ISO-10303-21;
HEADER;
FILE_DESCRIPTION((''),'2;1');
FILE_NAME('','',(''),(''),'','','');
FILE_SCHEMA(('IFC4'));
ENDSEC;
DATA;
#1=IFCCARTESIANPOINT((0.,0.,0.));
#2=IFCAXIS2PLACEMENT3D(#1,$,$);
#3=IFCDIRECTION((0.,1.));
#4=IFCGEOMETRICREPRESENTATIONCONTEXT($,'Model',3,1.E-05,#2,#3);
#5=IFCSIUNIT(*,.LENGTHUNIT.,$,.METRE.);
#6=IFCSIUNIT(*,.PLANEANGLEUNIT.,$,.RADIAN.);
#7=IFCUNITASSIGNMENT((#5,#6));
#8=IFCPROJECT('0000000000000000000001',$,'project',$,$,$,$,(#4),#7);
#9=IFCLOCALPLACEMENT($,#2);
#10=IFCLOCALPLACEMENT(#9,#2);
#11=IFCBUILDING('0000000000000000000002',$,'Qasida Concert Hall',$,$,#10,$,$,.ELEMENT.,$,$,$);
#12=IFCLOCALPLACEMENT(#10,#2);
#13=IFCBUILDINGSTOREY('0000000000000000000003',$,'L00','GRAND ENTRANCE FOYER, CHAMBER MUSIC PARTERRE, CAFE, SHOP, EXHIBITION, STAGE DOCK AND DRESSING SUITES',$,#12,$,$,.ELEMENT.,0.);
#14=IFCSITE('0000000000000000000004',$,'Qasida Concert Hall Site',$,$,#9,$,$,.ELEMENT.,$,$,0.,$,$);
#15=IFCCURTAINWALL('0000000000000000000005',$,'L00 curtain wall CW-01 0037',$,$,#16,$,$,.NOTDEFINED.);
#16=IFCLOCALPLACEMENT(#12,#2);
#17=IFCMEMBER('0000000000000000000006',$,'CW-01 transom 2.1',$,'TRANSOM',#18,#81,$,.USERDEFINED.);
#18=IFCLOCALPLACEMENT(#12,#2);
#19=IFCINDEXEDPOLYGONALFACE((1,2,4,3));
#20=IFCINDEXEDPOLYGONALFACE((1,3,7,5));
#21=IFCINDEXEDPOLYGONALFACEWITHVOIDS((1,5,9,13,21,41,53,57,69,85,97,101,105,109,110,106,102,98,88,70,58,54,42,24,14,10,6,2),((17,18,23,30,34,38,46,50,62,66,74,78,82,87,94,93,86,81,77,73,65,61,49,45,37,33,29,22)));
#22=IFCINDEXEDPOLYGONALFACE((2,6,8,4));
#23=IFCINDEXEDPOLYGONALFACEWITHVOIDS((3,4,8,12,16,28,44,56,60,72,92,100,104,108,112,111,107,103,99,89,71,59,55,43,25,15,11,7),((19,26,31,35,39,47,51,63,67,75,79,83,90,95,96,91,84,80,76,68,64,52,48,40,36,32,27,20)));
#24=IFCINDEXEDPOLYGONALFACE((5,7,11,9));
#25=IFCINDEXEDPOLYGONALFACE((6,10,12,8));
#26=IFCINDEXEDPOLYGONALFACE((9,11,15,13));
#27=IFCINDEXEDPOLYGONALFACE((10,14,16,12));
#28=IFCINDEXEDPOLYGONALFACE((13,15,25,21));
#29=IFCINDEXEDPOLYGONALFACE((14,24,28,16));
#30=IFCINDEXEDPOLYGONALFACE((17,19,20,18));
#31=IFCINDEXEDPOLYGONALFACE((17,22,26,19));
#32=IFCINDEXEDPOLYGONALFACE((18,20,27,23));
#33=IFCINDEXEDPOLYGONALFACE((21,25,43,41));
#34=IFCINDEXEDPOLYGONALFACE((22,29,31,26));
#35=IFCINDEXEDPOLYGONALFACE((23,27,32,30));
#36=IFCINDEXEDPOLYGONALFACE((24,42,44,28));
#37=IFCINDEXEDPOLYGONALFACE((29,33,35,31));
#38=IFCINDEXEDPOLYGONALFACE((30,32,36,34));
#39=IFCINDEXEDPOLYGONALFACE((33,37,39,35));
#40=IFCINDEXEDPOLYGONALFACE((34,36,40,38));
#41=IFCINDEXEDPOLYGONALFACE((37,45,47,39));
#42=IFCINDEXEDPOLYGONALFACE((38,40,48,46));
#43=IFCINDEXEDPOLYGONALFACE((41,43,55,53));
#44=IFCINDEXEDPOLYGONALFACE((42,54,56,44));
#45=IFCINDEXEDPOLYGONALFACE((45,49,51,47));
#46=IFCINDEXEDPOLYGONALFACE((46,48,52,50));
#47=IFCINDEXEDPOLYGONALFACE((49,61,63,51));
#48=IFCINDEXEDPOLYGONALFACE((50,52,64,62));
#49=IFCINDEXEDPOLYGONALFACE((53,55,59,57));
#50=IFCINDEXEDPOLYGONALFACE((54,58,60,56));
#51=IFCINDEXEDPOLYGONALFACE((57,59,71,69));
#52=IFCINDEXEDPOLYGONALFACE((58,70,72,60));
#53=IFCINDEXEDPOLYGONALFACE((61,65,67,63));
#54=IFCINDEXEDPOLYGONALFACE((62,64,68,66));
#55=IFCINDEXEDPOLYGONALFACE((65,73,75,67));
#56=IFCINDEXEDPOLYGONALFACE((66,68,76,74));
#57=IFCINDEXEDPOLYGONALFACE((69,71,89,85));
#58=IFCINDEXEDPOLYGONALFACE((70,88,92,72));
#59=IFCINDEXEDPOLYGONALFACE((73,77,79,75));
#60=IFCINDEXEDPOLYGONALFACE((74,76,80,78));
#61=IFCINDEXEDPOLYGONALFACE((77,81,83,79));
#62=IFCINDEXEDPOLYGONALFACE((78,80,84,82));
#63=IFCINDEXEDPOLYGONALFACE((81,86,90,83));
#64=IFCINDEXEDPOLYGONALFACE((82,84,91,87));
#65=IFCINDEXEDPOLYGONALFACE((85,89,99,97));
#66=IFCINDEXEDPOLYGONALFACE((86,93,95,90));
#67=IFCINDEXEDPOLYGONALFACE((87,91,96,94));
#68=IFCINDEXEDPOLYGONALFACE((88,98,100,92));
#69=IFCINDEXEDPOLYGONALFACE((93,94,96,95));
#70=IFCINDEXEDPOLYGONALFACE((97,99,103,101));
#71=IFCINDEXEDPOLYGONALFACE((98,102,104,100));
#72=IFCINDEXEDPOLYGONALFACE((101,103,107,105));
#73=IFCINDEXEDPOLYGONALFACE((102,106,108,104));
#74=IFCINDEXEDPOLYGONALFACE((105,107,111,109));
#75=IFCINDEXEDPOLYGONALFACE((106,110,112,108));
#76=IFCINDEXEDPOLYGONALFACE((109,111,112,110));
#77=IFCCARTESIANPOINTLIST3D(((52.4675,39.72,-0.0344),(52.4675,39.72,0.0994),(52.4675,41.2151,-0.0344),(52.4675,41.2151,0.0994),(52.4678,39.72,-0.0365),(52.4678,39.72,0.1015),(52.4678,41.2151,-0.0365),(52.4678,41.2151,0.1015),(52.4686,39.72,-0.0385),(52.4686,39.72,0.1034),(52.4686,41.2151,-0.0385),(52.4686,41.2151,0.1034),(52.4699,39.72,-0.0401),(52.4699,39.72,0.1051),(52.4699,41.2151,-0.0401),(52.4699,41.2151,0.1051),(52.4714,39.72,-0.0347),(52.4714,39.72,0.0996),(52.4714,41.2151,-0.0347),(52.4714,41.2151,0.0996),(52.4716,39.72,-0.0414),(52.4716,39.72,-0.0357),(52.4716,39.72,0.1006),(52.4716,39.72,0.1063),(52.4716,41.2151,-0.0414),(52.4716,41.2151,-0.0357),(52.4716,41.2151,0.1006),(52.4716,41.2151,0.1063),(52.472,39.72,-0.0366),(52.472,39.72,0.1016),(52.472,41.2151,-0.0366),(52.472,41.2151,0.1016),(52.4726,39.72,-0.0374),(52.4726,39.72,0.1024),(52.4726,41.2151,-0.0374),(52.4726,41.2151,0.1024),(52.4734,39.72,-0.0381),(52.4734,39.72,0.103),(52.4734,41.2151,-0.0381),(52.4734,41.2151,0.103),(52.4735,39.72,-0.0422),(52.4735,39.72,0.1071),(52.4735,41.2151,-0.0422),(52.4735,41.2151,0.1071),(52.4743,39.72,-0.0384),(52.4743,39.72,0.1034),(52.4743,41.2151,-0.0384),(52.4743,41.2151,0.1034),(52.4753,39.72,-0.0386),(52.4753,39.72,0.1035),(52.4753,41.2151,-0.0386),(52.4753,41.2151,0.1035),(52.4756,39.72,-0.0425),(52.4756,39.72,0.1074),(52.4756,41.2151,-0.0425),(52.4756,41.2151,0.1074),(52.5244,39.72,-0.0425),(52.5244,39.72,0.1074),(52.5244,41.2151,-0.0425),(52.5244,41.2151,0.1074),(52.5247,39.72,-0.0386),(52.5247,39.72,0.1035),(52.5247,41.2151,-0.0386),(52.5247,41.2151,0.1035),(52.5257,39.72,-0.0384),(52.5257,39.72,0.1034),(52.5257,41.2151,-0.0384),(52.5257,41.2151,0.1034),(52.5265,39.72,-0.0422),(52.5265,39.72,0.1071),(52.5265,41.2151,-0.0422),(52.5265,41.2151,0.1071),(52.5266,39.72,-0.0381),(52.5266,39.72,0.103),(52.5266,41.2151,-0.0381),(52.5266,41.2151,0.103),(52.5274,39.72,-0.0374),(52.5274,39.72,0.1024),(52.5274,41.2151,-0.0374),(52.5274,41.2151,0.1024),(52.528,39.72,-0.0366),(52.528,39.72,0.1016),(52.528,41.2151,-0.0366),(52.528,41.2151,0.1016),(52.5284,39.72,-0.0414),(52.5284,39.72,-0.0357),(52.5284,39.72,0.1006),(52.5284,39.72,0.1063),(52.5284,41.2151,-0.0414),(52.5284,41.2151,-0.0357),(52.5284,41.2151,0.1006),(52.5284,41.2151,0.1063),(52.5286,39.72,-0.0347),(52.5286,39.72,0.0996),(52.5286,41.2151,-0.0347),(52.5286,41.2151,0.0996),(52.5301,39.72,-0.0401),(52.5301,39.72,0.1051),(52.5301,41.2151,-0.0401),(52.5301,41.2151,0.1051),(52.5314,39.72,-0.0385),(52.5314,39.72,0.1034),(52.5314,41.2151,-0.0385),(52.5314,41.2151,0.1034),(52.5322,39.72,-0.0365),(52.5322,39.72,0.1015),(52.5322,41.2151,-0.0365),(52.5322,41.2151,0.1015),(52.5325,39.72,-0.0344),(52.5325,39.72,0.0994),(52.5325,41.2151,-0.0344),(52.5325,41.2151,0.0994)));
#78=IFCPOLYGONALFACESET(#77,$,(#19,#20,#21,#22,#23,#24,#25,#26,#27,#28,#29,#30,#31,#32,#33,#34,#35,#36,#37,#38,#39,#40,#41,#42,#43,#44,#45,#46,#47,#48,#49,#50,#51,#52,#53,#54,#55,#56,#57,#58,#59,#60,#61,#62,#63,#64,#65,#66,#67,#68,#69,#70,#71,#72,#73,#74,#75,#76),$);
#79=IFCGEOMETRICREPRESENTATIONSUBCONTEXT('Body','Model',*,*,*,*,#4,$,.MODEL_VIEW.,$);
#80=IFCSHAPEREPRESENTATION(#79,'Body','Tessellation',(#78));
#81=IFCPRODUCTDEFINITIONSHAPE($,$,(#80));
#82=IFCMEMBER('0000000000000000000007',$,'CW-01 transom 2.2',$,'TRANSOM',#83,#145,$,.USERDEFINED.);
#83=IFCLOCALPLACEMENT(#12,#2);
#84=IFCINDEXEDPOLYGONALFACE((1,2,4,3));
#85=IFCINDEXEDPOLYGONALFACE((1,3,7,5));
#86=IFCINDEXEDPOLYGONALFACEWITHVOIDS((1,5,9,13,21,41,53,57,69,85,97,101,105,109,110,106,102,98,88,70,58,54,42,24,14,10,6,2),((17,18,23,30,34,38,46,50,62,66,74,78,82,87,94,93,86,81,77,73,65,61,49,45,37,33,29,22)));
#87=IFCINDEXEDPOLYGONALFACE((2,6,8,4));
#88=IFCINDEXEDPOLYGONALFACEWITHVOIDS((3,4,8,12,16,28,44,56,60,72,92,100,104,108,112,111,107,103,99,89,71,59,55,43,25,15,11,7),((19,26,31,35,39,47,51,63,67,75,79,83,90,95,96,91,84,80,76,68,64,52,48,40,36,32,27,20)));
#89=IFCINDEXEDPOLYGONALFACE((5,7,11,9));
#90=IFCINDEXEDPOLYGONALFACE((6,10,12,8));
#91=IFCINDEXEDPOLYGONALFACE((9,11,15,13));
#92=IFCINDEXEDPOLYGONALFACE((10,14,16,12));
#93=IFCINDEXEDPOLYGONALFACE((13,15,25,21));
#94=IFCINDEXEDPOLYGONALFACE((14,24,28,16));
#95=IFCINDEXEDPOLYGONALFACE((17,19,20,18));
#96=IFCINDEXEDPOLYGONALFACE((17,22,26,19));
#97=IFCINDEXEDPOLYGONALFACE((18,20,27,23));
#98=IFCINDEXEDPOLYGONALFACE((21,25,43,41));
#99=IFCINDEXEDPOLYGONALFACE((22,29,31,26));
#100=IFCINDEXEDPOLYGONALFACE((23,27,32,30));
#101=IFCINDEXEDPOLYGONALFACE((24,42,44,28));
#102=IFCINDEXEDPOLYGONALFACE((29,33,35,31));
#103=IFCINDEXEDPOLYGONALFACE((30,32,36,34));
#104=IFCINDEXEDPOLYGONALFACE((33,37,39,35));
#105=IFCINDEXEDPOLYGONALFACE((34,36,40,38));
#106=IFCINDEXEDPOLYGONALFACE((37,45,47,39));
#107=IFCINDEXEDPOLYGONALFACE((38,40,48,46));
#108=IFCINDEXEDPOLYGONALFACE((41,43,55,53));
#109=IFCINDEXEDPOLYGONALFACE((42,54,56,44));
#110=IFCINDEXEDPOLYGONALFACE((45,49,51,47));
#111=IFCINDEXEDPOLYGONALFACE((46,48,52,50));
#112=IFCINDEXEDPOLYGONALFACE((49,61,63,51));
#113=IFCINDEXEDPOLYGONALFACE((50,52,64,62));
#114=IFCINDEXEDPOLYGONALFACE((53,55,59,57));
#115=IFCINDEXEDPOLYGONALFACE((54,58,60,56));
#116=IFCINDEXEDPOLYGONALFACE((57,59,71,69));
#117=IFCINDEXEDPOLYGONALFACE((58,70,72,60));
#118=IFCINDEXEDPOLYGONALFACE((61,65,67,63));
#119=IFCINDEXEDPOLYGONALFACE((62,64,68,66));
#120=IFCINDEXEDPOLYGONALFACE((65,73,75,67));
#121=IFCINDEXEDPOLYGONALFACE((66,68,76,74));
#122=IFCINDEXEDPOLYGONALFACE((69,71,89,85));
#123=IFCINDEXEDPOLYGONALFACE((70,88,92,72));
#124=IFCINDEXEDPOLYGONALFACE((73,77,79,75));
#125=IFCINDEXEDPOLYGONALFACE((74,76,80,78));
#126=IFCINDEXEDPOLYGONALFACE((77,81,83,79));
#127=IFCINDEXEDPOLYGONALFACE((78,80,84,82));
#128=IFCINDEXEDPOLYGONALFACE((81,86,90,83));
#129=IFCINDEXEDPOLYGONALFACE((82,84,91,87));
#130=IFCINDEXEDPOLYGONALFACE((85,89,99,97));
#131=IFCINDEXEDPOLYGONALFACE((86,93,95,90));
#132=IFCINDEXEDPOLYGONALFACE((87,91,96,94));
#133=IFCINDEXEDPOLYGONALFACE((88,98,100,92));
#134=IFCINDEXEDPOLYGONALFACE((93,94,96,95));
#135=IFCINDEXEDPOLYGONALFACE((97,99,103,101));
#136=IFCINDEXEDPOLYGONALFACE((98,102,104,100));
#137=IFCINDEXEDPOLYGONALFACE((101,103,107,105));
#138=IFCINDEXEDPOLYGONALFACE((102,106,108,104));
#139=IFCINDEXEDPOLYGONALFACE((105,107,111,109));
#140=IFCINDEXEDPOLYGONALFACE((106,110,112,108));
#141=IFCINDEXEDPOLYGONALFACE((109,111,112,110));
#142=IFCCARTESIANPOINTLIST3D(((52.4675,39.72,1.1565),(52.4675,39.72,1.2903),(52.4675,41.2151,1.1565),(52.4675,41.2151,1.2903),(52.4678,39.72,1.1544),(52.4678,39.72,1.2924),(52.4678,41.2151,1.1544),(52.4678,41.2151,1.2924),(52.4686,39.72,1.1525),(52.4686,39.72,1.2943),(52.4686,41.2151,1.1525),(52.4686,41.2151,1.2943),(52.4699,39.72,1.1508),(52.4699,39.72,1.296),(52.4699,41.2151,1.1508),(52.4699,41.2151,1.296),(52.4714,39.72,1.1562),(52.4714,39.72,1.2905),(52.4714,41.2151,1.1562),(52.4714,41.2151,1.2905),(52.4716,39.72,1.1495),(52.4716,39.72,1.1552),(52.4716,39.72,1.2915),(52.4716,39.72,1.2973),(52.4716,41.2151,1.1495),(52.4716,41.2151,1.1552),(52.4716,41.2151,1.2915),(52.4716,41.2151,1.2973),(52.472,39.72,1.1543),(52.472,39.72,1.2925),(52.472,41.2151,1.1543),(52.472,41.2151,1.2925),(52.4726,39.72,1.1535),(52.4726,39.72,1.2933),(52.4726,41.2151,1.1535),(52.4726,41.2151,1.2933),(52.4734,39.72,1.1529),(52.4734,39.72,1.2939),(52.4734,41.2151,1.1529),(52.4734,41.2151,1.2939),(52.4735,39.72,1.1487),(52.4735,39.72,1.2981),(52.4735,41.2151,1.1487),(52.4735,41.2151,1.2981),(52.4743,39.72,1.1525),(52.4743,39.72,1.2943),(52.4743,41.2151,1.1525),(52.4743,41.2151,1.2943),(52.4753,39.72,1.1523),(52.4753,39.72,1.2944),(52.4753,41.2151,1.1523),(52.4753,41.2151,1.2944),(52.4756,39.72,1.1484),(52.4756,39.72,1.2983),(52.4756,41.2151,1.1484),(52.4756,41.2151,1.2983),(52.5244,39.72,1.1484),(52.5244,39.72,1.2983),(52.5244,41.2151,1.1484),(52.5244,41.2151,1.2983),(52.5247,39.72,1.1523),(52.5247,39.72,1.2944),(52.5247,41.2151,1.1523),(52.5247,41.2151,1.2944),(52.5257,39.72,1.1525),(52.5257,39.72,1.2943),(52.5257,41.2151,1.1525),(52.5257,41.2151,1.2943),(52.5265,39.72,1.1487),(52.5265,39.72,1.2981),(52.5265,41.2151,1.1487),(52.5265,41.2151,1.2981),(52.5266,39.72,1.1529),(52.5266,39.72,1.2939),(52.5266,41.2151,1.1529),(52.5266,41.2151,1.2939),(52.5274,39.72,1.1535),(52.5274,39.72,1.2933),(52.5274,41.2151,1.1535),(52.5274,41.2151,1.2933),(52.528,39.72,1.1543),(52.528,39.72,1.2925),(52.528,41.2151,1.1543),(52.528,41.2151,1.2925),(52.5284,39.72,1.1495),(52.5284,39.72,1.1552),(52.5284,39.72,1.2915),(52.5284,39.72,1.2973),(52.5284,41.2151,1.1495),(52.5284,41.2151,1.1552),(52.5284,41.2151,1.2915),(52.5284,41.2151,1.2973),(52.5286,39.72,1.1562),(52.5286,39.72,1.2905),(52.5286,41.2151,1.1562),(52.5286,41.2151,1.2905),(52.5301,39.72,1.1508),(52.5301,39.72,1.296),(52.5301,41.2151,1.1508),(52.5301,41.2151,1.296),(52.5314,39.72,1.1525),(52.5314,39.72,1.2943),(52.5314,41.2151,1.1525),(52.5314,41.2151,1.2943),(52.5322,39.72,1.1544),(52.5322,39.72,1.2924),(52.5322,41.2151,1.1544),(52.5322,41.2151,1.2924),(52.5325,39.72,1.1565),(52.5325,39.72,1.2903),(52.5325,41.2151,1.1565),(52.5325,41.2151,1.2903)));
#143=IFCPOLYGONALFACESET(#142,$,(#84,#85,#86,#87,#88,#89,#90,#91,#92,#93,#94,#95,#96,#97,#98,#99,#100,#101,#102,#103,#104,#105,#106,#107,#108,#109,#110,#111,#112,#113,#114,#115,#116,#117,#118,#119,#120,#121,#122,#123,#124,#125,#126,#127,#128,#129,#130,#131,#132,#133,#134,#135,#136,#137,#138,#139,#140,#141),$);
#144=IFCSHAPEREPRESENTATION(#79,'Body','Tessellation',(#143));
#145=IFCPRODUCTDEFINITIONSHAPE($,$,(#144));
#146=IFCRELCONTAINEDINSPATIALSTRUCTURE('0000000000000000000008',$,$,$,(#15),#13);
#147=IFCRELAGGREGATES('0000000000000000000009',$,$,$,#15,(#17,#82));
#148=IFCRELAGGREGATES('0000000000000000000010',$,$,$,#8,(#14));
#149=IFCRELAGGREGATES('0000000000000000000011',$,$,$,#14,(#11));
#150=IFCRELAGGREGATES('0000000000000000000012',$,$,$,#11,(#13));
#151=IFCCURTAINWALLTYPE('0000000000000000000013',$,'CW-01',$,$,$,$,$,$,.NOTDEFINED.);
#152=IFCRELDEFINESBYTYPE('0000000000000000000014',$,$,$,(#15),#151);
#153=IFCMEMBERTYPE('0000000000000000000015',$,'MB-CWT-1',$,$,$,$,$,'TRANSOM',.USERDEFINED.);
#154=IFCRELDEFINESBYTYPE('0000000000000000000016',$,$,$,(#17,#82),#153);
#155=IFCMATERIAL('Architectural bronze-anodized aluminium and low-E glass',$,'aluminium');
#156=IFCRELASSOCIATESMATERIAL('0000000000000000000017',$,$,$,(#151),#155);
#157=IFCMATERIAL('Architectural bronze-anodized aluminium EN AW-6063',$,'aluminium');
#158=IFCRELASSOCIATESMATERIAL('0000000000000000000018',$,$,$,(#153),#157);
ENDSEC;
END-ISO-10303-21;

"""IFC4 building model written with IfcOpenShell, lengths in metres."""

from ifc_helpers import new_model, si_unit, direction, frame, origin, origin_2d, place, context, subcontext, project, spatial, hollow_rectangle, extrude, material, material_profile, profile_set, type_object, element, aggregate, save


model = new_model("IFC4")

# Units and contexts
model_context = context("Model", 3, precision=1e-05, world=origin(), true_north=direction((0.0, 1.0)))
body_context = subcontext(model_context, "Body", "Model", "MODEL_VIEW")
ifc_project = project(units=[si_unit("LENGTHUNIT", "METRE"), si_unit("PLANEANGLEUNIT", "RADIAN")], contexts=[model_context])

# Site, building, storey
site_placement = place(None, origin())
site = spatial("IfcSite", under=ifc_project, at=site_placement, Name="Qasida Concert Hall Site", CompositionType="ELEMENT", RefElevation=0.0)
building_placement = place(site_placement, origin())
building = spatial("IfcBuilding", under=site, at=building_placement, Name="Qasida Concert Hall", CompositionType="ELEMENT")
storey_placement = place(building_placement, origin())
storey = spatial("IfcBuildingStorey", under=building, at=storey_placement, Name="L00", Description="GRAND ENTRANCE FOYER, CHAMBER MUSIC PARTERRE, CAFE, SHOP, EXHIBITION, STAGE DOCK AND DRESSING SUITES", CompositionType="ELEMENT", Elevation=0.0)

# Curtain wall
ifc_material_1 = material(Name="Architectural bronze-anodized aluminium and low-E glass", Category="aluminium")
curtain_wall_type_1 = type_object("IfcCurtainWallType", Name="CW-01", PredefinedType="NOTDEFINED", material=ifc_material_1)
curtain_wall_1_placement = place(storey_placement, origin())
curtain_wall_1 = element("IfcCurtainWall", 1, at=curtain_wall_1_placement, inside=storey, type_object=curtain_wall_type_1, Name="L00 curtain wall CW-01 0037", PredefinedType="NOTDEFINED")
ifc_material_2 = material(Name="Architectural bronze-anodized aluminium EN AW-6063", Category="aluminium")

# Members
ifc_material_profile_1 = material_profile(ifc_material_2, hollow_rectangle(XDim=0.0649, YDim=0.1499, WallThickness=0.0039, InnerFilletRadius=0.0039, OuterFilletRadius=0.0081, at=origin_2d()), Name="CWT 150x65x4")
ifc_profile_set_1 = profile_set([ifc_material_profile_1], Name="Architectural bronze-anodized aluminium EN AW-6063")
member_type_1 = type_object("IfcMemberType", Name="MB-CWT-1", ElementType="TRANSOM", PredefinedType="USERDEFINED", material=ifc_profile_set_1)
member_1_placement = place(storey_placement, frame((52.5, 39.72, 0.0325), z_axis=(0.0, 1.0, 0.0), x_axis=(-1.0, 0.0, 0.0)))
member_1 = element("IfcMember", 2, at=member_1_placement, type_object=member_type_1, Name="CW-01 transom 2.1", ObjectType="TRANSOM", PredefinedType="USERDEFINED", context=body_context, shape_type="SweptSolid", body=[
    extrude(hollow_rectangle(XDim=0.0649, YDim=0.1499, WallThickness=0.0039, InnerFilletRadius=0.0039, OuterFilletRadius=0.0081, at=origin_2d()), origin(), (0.0, 0.0, 1.0), 1.4951),
])
member_2_placement = place(storey_placement, frame((52.5, 39.72, 1.2234), z_axis=(0.0, 1.0, 0.0), x_axis=(-1.0, 0.0, 0.0)))
member_2 = element("IfcMember", 3, at=member_2_placement, type_object=member_type_1, Name="CW-01 transom 2.2", ObjectType="TRANSOM", PredefinedType="USERDEFINED", context=body_context, shape_type="SweptSolid", body=[
    extrude(hollow_rectangle(XDim=0.0649, YDim=0.1499, WallThickness=0.0039, InnerFilletRadius=0.0039, OuterFilletRadius=0.0081, at=origin_2d()), origin(), (0.0, 0.0, 1.0), 1.4951),
])

aggregate(curtain_wall_1, [member_1, member_2])

save(model, "model.ifc")
